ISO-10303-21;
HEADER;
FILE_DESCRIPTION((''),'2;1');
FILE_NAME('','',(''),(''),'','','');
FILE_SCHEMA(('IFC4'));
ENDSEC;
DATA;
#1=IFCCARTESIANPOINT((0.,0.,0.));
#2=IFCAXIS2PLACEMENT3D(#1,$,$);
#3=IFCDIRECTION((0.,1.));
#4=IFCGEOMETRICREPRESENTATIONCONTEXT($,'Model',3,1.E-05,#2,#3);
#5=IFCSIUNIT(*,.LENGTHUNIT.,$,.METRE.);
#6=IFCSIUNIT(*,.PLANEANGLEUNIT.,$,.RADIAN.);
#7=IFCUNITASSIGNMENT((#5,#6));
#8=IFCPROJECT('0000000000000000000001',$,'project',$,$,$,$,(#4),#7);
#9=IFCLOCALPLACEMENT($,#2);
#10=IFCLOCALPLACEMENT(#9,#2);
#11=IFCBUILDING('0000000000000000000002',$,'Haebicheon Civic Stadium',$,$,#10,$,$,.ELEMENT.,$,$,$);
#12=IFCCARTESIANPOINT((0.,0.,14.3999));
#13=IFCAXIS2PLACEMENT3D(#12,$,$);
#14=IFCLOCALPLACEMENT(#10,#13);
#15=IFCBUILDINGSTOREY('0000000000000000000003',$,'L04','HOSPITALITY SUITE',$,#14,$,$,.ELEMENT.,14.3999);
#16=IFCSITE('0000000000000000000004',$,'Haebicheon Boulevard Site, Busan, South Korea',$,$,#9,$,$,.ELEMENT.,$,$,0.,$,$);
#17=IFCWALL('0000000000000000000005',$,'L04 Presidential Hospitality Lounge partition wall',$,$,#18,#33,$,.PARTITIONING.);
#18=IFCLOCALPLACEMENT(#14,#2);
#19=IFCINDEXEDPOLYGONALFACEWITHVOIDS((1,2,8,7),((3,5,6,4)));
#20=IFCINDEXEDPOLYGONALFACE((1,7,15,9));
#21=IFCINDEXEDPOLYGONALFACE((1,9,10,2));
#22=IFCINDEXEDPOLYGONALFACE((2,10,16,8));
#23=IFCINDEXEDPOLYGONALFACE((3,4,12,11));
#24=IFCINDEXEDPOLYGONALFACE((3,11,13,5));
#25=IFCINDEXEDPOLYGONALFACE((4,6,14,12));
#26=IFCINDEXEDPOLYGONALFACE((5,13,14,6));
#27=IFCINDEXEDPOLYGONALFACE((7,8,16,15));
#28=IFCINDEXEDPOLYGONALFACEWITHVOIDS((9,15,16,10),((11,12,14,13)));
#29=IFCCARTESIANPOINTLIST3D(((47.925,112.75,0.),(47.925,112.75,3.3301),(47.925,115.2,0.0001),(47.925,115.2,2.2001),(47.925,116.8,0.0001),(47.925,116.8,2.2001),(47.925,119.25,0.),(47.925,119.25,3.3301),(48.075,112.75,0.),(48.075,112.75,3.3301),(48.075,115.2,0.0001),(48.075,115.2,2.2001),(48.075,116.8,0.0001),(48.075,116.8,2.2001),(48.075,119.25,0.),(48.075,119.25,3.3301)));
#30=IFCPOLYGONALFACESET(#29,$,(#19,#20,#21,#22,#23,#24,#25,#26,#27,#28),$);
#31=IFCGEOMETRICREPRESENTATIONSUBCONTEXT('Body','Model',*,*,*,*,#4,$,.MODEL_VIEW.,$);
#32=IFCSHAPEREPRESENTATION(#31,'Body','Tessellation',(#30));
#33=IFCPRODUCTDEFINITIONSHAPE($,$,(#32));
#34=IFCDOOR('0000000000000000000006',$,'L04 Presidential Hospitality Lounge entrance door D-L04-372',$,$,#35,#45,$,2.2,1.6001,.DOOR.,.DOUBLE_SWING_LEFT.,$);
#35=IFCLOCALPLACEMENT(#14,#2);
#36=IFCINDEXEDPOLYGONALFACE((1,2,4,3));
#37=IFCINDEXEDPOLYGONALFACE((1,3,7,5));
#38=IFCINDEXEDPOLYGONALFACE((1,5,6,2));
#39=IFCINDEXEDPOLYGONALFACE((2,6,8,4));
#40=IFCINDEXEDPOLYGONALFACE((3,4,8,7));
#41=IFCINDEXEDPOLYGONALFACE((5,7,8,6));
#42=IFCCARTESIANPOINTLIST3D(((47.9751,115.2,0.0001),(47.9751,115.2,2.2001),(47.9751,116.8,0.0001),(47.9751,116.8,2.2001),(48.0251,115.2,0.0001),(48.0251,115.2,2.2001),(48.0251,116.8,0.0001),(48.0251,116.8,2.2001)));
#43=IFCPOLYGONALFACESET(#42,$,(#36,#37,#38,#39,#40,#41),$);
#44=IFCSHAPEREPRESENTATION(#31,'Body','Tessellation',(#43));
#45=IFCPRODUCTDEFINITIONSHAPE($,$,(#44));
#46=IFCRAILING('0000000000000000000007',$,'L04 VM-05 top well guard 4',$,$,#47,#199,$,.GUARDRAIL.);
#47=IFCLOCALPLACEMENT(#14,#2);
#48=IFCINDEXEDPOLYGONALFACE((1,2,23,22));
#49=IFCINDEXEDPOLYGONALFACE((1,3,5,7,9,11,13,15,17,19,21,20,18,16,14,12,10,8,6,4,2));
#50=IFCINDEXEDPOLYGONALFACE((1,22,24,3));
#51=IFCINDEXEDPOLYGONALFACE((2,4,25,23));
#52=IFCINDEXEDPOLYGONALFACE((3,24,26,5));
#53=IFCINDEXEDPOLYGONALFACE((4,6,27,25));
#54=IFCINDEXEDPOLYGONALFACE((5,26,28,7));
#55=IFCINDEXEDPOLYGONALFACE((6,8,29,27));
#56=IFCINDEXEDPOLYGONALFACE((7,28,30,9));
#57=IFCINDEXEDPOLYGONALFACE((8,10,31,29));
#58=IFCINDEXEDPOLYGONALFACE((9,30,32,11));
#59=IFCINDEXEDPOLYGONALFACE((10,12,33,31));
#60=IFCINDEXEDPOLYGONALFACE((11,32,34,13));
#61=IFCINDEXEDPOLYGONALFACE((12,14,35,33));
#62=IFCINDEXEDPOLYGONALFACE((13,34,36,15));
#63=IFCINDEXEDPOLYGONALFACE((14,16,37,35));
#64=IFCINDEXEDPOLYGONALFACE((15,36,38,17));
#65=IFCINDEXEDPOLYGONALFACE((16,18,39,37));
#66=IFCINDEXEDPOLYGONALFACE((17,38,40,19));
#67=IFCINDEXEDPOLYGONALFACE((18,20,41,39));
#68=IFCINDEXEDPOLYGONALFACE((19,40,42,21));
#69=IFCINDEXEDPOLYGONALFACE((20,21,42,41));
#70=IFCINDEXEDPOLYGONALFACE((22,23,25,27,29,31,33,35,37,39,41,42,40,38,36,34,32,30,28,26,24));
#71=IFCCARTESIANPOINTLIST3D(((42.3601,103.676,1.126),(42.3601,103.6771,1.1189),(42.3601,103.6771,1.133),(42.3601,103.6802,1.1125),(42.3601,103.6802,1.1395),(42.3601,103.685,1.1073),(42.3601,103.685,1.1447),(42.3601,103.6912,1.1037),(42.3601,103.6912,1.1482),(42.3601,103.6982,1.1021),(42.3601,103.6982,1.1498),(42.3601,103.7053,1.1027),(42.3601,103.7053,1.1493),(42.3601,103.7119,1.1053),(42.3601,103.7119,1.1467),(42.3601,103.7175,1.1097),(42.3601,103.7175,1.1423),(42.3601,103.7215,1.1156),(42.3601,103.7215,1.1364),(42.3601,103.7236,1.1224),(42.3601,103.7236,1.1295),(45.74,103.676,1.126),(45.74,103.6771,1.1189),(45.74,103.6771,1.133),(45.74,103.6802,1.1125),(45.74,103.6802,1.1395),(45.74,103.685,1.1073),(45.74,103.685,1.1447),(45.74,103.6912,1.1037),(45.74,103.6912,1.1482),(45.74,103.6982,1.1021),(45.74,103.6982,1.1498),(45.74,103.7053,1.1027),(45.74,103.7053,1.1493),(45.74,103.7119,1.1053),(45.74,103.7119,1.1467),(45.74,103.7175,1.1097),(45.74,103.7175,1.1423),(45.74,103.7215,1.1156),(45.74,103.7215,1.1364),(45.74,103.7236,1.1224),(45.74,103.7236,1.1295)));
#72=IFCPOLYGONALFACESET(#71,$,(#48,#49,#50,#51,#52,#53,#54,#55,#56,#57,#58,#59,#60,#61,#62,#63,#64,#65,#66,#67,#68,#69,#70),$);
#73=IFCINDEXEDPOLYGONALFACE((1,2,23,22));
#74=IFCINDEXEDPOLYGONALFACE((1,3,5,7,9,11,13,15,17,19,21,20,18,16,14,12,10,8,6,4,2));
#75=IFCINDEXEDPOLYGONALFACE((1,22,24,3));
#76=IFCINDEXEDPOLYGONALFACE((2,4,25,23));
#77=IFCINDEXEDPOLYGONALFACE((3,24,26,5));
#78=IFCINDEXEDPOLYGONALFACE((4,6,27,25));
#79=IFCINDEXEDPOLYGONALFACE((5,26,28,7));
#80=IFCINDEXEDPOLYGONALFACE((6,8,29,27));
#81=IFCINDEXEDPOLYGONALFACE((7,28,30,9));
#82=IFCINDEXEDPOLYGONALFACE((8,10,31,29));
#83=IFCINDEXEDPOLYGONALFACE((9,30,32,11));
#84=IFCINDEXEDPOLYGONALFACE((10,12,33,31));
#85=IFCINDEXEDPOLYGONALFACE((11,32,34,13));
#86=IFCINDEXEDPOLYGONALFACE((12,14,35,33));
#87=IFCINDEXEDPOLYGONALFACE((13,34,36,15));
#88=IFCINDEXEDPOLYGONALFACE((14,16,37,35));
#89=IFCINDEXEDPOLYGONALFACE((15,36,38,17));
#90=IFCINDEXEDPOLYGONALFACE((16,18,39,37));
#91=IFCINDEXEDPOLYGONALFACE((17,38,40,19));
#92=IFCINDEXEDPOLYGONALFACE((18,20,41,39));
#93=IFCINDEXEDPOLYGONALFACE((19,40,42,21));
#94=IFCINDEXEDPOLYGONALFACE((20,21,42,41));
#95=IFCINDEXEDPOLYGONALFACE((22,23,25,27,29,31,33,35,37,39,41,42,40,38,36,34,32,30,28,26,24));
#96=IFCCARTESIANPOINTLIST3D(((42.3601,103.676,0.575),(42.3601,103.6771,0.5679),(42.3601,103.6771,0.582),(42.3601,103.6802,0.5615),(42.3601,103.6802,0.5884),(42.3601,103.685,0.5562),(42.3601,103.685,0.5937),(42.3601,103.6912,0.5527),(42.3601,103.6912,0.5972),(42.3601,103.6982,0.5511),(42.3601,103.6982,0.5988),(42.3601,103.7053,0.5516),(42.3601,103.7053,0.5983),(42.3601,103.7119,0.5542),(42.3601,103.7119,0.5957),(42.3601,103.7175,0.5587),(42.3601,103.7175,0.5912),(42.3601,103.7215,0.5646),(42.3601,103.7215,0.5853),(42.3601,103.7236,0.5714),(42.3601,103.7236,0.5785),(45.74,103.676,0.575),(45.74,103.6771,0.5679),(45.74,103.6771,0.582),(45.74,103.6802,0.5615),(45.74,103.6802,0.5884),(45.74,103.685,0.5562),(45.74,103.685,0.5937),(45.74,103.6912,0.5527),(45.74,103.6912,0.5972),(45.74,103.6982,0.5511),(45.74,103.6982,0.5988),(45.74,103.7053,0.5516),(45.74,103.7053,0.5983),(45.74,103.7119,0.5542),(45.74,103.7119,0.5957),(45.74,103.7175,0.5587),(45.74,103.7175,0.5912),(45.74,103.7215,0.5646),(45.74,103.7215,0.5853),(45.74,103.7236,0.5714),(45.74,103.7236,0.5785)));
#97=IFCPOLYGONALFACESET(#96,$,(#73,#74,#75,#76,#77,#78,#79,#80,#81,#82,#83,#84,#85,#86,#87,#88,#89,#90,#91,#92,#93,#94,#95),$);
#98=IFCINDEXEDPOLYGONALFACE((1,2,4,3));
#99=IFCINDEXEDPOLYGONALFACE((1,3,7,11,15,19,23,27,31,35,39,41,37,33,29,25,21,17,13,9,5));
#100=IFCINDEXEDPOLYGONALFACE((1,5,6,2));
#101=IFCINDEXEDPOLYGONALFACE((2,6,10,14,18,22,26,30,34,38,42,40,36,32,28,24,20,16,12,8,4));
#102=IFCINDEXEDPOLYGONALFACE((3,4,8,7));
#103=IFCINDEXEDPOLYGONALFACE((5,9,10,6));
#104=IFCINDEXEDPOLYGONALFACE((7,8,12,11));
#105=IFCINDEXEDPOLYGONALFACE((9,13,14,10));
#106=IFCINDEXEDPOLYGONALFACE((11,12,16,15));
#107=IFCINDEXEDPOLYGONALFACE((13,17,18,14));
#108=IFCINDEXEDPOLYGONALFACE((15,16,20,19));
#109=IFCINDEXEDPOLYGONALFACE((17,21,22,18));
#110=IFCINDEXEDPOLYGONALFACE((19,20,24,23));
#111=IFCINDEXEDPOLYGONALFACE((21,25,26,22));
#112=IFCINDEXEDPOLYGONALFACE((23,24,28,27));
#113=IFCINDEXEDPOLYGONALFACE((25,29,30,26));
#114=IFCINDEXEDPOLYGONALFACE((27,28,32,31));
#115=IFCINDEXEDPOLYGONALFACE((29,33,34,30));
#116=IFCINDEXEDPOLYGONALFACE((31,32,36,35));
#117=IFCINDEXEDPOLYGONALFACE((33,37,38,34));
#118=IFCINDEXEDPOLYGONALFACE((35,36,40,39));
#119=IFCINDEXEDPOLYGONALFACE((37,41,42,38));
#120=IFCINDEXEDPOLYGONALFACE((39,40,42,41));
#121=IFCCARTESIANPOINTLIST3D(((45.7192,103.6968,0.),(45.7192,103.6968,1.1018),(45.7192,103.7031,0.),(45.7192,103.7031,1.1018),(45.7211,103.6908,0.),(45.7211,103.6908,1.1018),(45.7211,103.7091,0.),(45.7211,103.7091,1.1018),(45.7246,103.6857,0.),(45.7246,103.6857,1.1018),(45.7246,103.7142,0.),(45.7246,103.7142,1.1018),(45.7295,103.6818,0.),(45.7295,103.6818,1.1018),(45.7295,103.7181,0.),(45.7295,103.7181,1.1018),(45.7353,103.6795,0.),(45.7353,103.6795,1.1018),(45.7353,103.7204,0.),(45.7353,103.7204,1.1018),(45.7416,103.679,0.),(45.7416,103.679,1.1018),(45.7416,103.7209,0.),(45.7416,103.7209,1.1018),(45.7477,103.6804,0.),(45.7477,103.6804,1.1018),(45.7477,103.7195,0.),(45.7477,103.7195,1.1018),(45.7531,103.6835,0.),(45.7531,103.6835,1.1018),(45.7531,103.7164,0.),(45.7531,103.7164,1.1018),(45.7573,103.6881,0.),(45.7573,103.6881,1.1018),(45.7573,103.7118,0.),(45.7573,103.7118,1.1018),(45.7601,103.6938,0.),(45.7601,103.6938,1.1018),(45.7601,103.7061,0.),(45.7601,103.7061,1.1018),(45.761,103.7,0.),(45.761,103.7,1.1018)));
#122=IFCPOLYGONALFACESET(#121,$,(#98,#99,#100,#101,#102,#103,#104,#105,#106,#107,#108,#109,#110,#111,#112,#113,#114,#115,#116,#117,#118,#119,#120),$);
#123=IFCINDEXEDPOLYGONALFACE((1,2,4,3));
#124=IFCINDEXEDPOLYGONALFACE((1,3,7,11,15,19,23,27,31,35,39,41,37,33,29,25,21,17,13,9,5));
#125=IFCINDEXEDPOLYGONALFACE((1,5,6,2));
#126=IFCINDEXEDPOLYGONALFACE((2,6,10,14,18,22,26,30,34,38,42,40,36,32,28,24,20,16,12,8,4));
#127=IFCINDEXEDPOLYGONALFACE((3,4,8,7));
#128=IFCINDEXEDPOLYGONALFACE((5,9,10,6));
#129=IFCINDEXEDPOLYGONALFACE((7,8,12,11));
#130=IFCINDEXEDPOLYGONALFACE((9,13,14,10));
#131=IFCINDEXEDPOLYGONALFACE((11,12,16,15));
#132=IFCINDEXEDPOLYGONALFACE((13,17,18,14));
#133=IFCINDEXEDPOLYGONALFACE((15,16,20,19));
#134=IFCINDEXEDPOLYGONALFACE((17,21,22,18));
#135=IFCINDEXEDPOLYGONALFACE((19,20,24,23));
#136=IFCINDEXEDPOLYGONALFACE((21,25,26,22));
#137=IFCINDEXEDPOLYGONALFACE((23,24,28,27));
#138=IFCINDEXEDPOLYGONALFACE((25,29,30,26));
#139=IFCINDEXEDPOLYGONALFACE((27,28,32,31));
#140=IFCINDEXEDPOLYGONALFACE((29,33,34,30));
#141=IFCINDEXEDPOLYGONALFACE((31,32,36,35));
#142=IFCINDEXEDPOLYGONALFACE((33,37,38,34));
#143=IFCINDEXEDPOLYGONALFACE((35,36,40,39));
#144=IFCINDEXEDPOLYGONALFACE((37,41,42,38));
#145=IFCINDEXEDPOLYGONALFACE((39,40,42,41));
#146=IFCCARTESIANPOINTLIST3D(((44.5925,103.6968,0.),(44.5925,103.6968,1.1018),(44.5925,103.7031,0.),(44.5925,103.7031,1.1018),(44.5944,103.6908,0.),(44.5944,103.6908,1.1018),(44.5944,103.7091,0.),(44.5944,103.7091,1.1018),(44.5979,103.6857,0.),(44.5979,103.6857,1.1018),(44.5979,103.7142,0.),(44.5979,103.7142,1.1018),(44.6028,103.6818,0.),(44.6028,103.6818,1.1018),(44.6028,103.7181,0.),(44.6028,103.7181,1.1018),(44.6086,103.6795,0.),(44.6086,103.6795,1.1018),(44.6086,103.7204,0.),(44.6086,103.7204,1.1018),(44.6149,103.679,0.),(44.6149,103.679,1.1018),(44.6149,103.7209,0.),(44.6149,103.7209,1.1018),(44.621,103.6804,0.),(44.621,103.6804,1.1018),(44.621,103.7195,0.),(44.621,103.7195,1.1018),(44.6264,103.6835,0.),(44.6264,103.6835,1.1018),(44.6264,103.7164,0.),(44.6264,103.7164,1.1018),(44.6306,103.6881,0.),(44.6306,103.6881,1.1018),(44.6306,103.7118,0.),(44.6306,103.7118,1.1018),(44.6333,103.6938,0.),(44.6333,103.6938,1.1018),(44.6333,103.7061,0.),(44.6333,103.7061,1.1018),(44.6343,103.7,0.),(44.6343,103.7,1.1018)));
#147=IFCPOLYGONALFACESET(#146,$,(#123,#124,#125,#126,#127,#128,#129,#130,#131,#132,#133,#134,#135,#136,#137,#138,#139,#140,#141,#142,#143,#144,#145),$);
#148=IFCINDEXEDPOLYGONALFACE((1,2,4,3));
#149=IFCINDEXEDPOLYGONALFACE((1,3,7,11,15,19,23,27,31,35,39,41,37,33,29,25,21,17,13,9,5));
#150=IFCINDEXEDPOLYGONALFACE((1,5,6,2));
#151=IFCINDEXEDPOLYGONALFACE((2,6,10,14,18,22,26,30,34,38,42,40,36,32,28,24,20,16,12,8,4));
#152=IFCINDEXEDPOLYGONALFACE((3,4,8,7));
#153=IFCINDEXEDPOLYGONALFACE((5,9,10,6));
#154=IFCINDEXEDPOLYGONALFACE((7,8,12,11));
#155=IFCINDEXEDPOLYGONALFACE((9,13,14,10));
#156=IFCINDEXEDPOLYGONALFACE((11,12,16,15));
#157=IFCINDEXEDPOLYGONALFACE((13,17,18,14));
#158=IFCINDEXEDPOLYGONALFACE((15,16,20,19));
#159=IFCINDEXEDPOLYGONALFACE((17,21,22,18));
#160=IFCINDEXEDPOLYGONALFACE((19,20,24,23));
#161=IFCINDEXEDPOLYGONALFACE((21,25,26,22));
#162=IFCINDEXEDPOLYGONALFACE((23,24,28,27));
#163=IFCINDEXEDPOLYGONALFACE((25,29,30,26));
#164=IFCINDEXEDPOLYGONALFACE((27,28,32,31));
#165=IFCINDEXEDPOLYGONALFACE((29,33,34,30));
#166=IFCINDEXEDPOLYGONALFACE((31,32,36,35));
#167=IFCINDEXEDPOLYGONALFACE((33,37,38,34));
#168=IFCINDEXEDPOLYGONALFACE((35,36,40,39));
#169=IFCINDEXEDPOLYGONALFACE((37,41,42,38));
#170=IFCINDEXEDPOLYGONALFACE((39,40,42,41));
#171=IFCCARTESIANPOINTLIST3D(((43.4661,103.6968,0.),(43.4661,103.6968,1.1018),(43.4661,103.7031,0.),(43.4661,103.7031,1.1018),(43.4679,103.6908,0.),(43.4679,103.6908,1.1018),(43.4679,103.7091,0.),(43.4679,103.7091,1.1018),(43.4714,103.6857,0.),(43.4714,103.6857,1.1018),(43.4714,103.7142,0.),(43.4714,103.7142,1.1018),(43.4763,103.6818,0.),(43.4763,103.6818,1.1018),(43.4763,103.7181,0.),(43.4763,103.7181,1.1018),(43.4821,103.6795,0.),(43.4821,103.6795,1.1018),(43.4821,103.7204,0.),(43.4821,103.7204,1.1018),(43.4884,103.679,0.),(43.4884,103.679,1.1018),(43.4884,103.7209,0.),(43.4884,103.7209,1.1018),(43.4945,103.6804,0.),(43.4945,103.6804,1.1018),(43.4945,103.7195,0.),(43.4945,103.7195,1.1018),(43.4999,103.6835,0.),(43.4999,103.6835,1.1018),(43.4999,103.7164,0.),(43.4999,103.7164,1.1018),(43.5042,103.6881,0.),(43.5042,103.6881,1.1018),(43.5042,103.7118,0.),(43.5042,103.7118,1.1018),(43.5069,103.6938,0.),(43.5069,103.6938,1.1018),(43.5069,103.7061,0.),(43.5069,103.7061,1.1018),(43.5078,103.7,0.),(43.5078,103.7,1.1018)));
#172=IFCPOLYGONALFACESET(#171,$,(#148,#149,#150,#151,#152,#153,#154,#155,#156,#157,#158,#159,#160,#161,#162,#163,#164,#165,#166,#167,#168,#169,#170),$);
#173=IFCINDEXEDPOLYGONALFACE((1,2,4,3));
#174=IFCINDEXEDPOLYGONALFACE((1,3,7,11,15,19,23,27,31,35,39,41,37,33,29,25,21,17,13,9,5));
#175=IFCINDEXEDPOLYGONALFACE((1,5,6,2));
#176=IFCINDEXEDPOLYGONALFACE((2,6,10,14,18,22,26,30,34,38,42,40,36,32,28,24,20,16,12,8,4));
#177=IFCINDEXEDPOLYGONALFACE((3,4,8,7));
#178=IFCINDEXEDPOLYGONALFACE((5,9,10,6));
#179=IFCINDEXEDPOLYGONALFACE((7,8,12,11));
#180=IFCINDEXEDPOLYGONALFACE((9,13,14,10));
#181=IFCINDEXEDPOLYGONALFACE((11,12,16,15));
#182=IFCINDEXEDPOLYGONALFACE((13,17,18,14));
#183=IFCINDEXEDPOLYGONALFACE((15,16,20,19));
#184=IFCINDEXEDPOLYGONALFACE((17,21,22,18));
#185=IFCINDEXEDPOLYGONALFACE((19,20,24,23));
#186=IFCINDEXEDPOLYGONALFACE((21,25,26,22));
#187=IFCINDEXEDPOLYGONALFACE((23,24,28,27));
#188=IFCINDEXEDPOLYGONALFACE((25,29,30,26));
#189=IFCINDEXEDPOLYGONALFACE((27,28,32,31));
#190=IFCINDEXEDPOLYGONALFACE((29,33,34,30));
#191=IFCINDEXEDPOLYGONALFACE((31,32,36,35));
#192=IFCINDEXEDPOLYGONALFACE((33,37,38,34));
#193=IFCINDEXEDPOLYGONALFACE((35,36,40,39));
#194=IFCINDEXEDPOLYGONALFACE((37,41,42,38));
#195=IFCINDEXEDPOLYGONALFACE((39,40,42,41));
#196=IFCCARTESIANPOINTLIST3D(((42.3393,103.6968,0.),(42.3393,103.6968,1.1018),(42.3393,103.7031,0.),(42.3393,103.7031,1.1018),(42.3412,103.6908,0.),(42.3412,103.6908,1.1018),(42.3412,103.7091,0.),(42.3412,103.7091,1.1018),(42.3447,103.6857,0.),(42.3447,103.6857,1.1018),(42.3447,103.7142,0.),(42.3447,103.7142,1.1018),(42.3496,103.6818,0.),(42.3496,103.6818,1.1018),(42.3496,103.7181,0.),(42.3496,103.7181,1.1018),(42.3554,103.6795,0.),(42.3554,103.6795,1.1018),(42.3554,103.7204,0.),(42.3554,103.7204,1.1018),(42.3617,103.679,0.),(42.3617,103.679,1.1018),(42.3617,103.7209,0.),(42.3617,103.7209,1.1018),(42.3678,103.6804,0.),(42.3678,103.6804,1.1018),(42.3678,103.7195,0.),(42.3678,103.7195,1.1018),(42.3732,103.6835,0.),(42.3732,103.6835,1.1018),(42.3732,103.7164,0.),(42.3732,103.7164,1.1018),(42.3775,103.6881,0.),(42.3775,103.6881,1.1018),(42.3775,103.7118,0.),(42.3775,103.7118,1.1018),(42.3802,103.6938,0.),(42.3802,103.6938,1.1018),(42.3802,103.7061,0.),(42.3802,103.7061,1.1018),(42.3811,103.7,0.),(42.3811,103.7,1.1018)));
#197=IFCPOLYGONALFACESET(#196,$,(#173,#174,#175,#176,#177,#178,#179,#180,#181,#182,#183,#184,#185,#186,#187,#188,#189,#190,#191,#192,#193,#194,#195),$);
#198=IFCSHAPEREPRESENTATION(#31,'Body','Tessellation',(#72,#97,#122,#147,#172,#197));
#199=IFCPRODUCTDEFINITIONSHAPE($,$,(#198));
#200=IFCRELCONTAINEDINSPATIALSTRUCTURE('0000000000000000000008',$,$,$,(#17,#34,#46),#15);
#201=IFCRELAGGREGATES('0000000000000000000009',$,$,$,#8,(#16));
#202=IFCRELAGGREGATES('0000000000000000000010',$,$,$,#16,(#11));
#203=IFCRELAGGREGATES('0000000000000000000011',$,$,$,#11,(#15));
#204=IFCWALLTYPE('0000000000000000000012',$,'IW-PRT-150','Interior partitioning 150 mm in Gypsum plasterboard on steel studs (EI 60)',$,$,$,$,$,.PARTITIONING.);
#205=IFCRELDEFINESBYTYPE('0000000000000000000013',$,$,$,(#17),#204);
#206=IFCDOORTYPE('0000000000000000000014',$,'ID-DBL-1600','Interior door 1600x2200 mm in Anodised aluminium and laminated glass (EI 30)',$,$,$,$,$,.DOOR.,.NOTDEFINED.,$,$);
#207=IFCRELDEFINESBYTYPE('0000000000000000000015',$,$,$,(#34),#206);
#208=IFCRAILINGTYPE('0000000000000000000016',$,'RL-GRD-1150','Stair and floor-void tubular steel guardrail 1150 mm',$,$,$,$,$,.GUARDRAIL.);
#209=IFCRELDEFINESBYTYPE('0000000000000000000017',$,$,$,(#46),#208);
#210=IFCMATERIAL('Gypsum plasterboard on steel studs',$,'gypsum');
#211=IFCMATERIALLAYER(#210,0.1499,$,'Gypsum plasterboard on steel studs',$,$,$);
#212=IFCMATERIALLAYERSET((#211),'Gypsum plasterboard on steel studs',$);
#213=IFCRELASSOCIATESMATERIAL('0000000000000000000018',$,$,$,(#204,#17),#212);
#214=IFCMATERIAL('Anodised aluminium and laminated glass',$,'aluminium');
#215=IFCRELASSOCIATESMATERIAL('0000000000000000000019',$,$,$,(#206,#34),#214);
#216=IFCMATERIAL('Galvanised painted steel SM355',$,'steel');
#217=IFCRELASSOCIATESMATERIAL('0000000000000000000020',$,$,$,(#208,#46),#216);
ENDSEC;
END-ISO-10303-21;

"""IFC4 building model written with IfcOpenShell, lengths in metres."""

from ifc_helpers import new_model, si_unit, direction, frame, frame_2d, origin, origin_2d, place, context, subcontext, project, spatial, rectangle, circle, extrude, material, layer, layer_set, type_object, element, fill, save


model = new_model("IFC4")

# Units and contexts
model_context = context("Model", 3, precision=1e-05, world=origin(), true_north=direction((0.0, 1.0)))
body_context = subcontext(model_context, "Body", "Model", "MODEL_VIEW")
ifc_project = project(units=[si_unit("LENGTHUNIT", "METRE"), si_unit("PLANEANGLEUNIT", "RADIAN")], contexts=[model_context])

# Site, building, storey
site_placement = place(None, origin())
site = spatial("IfcSite", under=ifc_project, at=site_placement, Name="Haebicheon Boulevard Site, Busan, South Korea", CompositionType="ELEMENT", RefElevation=0.0)
building_placement = place(site_placement, origin())
building = spatial("IfcBuilding", under=site, at=building_placement, Name="Haebicheon Civic Stadium", CompositionType="ELEMENT")
storey_placement = place(building_placement, frame((0.0, 0.0, 14.3999)))
storey = spatial("IfcBuildingStorey", under=building, at=storey_placement, Name="L04", Description="HOSPITALITY SUITE", CompositionType="ELEMENT", Elevation=14.3999)

# Wall, opening, door
ifc_material_1 = material(Name="Gypsum plasterboard on steel studs", Category="gypsum")
ifc_layer = layer(ifc_material_1, 0.1499, Name="Gypsum plasterboard on steel studs")
ifc_layer_set = layer_set([ifc_layer], Name="Gypsum plasterboard on steel studs")
wall_type = type_object("IfcWallType", Name="IW-PRT-150", Description="Interior partitioning 150 mm in Gypsum plasterboard on steel studs (EI 60)", PredefinedType="PARTITIONING", material=ifc_layer_set)
wall_1_placement = place(storey_placement, frame((48.0, 112.75, 0.0), z_axis=(0.0, 0.0, 1.0), x_axis=(0.0, 1.0, 0.0)))
wall_1 = element("IfcWall", 1, at=wall_1_placement, inside=storey, type_object=wall_type, material=ifc_layer_set, Name="L04 Presidential Hospitality Lounge partition wall", PredefinedType="PARTITIONING", context=body_context, shape_type="SweptSolid", body=[
    extrude(rectangle(XDim=6.5, YDim=0.1499, at=frame_2d((3.25, 0.0))), origin(), (0.0, 0.0, 1.0), 3.3301),
])
opening_1_placement = place(wall_1_placement, frame((2.45, 0.0, 0.0)))
opening_1 = element("IfcOpeningElement", 2, at=opening_1_placement, cuts=wall_1, PredefinedType="OPENING", context=body_context, shape_type="SweptSolid", body=[
    extrude(rectangle(XDim=1.6001, YDim=2.2, at=frame_2d((0.8, 1.1001))), frame((0.0, 0.085, 0.0), z_axis=(0.0, -1.0, 0.0), x_axis=(1.0, 0.0, 0.0)), (0.0, 0.0, 1.0), 0.1699),
])
ifc_material_2 = material(Name="Anodised aluminium and laminated glass", Category="aluminium")
door_type_1 = type_object("IfcDoorType", Name="ID-DBL-1600", Description="Interior door 1600x2200 mm in Anodised aluminium and laminated glass (EI 30)", OperationType="NOTDEFINED", PredefinedType="DOOR", material=ifc_material_2)
door_1_placement = place(opening_1_placement, origin())
door_1 = element("IfcDoor", 3, at=door_1_placement, inside=storey, type_object=door_type_1, material=ifc_material_2, Name="L04 Presidential Hospitality Lounge entrance door D-L04-372", OperationType="DOUBLE_SWING_LEFT", OverallHeight=2.2, OverallWidth=1.6001, PredefinedType="DOOR", context=body_context, shape_type="SweptSolid", body=[
    extrude(rectangle(XDim=1.6001, YDim=2.2, at=frame_2d((0.8, 1.1001))), frame((0.0, 0.0249, 0.0), z_axis=(0.0, -1.0, 0.0), x_axis=(1.0, 0.0, 0.0)), (0.0, 0.0, 1.0), 0.05),
])
fill(opening_1, door_1)

# Railing
ifc_material_3 = material(Name="Galvanised painted steel SM355", Category="steel")
railing_type = type_object("IfcRailingType", Name="RL-GRD-1150", Description="Stair and floor-void tubular steel guardrail 1150 mm", PredefinedType="GUARDRAIL", material=ifc_material_3)
railing_placement = place(storey_placement, frame((45.74, 103.7, 0.0)))
element("IfcRailing", 4, at=railing_placement, inside=storey, type_object=railing_type, material=ifc_material_3, Name="L04 VM-05 top well guard 4", PredefinedType="GUARDRAIL", context=body_context, shape_type="SweptSolid", body=[
    extrude(circle(Radius=0.0239, at=origin_2d()), frame((0.0, 0.0, 1.126), z_axis=(-1.0, 0.0, 0.0), x_axis=(0.0, -1.0, 0.0)), (0.0, 0.0, 1.0), 3.3799),
    extrude(circle(Radius=0.0239, at=origin_2d()), frame((0.0, 0.0, 0.575), z_axis=(-1.0, 0.0, 0.0), x_axis=(0.0, -1.0, 0.0)), (0.0, 0.0, 1.0), 3.3799),
    extrude(circle(Radius=0.021, at=origin_2d()), origin(), (0.0, 0.0, 1.0), 1.1018),
    extrude(circle(Radius=0.021, at=origin_2d()), frame((-1.1267, 0.0, 0.0)), (0.0, 0.0, 1.0), 1.1018),
    extrude(circle(Radius=0.021, at=origin_2d()), frame((-2.2532, 0.0, 0.0)), (0.0, 0.0, 1.0), 1.1018),
    extrude(circle(Radius=0.021, at=origin_2d()), frame((-3.3799, 0.0, 0.0)), (0.0, 0.0, 1.0), 1.1018),
])

save(model, "model.ifc")
